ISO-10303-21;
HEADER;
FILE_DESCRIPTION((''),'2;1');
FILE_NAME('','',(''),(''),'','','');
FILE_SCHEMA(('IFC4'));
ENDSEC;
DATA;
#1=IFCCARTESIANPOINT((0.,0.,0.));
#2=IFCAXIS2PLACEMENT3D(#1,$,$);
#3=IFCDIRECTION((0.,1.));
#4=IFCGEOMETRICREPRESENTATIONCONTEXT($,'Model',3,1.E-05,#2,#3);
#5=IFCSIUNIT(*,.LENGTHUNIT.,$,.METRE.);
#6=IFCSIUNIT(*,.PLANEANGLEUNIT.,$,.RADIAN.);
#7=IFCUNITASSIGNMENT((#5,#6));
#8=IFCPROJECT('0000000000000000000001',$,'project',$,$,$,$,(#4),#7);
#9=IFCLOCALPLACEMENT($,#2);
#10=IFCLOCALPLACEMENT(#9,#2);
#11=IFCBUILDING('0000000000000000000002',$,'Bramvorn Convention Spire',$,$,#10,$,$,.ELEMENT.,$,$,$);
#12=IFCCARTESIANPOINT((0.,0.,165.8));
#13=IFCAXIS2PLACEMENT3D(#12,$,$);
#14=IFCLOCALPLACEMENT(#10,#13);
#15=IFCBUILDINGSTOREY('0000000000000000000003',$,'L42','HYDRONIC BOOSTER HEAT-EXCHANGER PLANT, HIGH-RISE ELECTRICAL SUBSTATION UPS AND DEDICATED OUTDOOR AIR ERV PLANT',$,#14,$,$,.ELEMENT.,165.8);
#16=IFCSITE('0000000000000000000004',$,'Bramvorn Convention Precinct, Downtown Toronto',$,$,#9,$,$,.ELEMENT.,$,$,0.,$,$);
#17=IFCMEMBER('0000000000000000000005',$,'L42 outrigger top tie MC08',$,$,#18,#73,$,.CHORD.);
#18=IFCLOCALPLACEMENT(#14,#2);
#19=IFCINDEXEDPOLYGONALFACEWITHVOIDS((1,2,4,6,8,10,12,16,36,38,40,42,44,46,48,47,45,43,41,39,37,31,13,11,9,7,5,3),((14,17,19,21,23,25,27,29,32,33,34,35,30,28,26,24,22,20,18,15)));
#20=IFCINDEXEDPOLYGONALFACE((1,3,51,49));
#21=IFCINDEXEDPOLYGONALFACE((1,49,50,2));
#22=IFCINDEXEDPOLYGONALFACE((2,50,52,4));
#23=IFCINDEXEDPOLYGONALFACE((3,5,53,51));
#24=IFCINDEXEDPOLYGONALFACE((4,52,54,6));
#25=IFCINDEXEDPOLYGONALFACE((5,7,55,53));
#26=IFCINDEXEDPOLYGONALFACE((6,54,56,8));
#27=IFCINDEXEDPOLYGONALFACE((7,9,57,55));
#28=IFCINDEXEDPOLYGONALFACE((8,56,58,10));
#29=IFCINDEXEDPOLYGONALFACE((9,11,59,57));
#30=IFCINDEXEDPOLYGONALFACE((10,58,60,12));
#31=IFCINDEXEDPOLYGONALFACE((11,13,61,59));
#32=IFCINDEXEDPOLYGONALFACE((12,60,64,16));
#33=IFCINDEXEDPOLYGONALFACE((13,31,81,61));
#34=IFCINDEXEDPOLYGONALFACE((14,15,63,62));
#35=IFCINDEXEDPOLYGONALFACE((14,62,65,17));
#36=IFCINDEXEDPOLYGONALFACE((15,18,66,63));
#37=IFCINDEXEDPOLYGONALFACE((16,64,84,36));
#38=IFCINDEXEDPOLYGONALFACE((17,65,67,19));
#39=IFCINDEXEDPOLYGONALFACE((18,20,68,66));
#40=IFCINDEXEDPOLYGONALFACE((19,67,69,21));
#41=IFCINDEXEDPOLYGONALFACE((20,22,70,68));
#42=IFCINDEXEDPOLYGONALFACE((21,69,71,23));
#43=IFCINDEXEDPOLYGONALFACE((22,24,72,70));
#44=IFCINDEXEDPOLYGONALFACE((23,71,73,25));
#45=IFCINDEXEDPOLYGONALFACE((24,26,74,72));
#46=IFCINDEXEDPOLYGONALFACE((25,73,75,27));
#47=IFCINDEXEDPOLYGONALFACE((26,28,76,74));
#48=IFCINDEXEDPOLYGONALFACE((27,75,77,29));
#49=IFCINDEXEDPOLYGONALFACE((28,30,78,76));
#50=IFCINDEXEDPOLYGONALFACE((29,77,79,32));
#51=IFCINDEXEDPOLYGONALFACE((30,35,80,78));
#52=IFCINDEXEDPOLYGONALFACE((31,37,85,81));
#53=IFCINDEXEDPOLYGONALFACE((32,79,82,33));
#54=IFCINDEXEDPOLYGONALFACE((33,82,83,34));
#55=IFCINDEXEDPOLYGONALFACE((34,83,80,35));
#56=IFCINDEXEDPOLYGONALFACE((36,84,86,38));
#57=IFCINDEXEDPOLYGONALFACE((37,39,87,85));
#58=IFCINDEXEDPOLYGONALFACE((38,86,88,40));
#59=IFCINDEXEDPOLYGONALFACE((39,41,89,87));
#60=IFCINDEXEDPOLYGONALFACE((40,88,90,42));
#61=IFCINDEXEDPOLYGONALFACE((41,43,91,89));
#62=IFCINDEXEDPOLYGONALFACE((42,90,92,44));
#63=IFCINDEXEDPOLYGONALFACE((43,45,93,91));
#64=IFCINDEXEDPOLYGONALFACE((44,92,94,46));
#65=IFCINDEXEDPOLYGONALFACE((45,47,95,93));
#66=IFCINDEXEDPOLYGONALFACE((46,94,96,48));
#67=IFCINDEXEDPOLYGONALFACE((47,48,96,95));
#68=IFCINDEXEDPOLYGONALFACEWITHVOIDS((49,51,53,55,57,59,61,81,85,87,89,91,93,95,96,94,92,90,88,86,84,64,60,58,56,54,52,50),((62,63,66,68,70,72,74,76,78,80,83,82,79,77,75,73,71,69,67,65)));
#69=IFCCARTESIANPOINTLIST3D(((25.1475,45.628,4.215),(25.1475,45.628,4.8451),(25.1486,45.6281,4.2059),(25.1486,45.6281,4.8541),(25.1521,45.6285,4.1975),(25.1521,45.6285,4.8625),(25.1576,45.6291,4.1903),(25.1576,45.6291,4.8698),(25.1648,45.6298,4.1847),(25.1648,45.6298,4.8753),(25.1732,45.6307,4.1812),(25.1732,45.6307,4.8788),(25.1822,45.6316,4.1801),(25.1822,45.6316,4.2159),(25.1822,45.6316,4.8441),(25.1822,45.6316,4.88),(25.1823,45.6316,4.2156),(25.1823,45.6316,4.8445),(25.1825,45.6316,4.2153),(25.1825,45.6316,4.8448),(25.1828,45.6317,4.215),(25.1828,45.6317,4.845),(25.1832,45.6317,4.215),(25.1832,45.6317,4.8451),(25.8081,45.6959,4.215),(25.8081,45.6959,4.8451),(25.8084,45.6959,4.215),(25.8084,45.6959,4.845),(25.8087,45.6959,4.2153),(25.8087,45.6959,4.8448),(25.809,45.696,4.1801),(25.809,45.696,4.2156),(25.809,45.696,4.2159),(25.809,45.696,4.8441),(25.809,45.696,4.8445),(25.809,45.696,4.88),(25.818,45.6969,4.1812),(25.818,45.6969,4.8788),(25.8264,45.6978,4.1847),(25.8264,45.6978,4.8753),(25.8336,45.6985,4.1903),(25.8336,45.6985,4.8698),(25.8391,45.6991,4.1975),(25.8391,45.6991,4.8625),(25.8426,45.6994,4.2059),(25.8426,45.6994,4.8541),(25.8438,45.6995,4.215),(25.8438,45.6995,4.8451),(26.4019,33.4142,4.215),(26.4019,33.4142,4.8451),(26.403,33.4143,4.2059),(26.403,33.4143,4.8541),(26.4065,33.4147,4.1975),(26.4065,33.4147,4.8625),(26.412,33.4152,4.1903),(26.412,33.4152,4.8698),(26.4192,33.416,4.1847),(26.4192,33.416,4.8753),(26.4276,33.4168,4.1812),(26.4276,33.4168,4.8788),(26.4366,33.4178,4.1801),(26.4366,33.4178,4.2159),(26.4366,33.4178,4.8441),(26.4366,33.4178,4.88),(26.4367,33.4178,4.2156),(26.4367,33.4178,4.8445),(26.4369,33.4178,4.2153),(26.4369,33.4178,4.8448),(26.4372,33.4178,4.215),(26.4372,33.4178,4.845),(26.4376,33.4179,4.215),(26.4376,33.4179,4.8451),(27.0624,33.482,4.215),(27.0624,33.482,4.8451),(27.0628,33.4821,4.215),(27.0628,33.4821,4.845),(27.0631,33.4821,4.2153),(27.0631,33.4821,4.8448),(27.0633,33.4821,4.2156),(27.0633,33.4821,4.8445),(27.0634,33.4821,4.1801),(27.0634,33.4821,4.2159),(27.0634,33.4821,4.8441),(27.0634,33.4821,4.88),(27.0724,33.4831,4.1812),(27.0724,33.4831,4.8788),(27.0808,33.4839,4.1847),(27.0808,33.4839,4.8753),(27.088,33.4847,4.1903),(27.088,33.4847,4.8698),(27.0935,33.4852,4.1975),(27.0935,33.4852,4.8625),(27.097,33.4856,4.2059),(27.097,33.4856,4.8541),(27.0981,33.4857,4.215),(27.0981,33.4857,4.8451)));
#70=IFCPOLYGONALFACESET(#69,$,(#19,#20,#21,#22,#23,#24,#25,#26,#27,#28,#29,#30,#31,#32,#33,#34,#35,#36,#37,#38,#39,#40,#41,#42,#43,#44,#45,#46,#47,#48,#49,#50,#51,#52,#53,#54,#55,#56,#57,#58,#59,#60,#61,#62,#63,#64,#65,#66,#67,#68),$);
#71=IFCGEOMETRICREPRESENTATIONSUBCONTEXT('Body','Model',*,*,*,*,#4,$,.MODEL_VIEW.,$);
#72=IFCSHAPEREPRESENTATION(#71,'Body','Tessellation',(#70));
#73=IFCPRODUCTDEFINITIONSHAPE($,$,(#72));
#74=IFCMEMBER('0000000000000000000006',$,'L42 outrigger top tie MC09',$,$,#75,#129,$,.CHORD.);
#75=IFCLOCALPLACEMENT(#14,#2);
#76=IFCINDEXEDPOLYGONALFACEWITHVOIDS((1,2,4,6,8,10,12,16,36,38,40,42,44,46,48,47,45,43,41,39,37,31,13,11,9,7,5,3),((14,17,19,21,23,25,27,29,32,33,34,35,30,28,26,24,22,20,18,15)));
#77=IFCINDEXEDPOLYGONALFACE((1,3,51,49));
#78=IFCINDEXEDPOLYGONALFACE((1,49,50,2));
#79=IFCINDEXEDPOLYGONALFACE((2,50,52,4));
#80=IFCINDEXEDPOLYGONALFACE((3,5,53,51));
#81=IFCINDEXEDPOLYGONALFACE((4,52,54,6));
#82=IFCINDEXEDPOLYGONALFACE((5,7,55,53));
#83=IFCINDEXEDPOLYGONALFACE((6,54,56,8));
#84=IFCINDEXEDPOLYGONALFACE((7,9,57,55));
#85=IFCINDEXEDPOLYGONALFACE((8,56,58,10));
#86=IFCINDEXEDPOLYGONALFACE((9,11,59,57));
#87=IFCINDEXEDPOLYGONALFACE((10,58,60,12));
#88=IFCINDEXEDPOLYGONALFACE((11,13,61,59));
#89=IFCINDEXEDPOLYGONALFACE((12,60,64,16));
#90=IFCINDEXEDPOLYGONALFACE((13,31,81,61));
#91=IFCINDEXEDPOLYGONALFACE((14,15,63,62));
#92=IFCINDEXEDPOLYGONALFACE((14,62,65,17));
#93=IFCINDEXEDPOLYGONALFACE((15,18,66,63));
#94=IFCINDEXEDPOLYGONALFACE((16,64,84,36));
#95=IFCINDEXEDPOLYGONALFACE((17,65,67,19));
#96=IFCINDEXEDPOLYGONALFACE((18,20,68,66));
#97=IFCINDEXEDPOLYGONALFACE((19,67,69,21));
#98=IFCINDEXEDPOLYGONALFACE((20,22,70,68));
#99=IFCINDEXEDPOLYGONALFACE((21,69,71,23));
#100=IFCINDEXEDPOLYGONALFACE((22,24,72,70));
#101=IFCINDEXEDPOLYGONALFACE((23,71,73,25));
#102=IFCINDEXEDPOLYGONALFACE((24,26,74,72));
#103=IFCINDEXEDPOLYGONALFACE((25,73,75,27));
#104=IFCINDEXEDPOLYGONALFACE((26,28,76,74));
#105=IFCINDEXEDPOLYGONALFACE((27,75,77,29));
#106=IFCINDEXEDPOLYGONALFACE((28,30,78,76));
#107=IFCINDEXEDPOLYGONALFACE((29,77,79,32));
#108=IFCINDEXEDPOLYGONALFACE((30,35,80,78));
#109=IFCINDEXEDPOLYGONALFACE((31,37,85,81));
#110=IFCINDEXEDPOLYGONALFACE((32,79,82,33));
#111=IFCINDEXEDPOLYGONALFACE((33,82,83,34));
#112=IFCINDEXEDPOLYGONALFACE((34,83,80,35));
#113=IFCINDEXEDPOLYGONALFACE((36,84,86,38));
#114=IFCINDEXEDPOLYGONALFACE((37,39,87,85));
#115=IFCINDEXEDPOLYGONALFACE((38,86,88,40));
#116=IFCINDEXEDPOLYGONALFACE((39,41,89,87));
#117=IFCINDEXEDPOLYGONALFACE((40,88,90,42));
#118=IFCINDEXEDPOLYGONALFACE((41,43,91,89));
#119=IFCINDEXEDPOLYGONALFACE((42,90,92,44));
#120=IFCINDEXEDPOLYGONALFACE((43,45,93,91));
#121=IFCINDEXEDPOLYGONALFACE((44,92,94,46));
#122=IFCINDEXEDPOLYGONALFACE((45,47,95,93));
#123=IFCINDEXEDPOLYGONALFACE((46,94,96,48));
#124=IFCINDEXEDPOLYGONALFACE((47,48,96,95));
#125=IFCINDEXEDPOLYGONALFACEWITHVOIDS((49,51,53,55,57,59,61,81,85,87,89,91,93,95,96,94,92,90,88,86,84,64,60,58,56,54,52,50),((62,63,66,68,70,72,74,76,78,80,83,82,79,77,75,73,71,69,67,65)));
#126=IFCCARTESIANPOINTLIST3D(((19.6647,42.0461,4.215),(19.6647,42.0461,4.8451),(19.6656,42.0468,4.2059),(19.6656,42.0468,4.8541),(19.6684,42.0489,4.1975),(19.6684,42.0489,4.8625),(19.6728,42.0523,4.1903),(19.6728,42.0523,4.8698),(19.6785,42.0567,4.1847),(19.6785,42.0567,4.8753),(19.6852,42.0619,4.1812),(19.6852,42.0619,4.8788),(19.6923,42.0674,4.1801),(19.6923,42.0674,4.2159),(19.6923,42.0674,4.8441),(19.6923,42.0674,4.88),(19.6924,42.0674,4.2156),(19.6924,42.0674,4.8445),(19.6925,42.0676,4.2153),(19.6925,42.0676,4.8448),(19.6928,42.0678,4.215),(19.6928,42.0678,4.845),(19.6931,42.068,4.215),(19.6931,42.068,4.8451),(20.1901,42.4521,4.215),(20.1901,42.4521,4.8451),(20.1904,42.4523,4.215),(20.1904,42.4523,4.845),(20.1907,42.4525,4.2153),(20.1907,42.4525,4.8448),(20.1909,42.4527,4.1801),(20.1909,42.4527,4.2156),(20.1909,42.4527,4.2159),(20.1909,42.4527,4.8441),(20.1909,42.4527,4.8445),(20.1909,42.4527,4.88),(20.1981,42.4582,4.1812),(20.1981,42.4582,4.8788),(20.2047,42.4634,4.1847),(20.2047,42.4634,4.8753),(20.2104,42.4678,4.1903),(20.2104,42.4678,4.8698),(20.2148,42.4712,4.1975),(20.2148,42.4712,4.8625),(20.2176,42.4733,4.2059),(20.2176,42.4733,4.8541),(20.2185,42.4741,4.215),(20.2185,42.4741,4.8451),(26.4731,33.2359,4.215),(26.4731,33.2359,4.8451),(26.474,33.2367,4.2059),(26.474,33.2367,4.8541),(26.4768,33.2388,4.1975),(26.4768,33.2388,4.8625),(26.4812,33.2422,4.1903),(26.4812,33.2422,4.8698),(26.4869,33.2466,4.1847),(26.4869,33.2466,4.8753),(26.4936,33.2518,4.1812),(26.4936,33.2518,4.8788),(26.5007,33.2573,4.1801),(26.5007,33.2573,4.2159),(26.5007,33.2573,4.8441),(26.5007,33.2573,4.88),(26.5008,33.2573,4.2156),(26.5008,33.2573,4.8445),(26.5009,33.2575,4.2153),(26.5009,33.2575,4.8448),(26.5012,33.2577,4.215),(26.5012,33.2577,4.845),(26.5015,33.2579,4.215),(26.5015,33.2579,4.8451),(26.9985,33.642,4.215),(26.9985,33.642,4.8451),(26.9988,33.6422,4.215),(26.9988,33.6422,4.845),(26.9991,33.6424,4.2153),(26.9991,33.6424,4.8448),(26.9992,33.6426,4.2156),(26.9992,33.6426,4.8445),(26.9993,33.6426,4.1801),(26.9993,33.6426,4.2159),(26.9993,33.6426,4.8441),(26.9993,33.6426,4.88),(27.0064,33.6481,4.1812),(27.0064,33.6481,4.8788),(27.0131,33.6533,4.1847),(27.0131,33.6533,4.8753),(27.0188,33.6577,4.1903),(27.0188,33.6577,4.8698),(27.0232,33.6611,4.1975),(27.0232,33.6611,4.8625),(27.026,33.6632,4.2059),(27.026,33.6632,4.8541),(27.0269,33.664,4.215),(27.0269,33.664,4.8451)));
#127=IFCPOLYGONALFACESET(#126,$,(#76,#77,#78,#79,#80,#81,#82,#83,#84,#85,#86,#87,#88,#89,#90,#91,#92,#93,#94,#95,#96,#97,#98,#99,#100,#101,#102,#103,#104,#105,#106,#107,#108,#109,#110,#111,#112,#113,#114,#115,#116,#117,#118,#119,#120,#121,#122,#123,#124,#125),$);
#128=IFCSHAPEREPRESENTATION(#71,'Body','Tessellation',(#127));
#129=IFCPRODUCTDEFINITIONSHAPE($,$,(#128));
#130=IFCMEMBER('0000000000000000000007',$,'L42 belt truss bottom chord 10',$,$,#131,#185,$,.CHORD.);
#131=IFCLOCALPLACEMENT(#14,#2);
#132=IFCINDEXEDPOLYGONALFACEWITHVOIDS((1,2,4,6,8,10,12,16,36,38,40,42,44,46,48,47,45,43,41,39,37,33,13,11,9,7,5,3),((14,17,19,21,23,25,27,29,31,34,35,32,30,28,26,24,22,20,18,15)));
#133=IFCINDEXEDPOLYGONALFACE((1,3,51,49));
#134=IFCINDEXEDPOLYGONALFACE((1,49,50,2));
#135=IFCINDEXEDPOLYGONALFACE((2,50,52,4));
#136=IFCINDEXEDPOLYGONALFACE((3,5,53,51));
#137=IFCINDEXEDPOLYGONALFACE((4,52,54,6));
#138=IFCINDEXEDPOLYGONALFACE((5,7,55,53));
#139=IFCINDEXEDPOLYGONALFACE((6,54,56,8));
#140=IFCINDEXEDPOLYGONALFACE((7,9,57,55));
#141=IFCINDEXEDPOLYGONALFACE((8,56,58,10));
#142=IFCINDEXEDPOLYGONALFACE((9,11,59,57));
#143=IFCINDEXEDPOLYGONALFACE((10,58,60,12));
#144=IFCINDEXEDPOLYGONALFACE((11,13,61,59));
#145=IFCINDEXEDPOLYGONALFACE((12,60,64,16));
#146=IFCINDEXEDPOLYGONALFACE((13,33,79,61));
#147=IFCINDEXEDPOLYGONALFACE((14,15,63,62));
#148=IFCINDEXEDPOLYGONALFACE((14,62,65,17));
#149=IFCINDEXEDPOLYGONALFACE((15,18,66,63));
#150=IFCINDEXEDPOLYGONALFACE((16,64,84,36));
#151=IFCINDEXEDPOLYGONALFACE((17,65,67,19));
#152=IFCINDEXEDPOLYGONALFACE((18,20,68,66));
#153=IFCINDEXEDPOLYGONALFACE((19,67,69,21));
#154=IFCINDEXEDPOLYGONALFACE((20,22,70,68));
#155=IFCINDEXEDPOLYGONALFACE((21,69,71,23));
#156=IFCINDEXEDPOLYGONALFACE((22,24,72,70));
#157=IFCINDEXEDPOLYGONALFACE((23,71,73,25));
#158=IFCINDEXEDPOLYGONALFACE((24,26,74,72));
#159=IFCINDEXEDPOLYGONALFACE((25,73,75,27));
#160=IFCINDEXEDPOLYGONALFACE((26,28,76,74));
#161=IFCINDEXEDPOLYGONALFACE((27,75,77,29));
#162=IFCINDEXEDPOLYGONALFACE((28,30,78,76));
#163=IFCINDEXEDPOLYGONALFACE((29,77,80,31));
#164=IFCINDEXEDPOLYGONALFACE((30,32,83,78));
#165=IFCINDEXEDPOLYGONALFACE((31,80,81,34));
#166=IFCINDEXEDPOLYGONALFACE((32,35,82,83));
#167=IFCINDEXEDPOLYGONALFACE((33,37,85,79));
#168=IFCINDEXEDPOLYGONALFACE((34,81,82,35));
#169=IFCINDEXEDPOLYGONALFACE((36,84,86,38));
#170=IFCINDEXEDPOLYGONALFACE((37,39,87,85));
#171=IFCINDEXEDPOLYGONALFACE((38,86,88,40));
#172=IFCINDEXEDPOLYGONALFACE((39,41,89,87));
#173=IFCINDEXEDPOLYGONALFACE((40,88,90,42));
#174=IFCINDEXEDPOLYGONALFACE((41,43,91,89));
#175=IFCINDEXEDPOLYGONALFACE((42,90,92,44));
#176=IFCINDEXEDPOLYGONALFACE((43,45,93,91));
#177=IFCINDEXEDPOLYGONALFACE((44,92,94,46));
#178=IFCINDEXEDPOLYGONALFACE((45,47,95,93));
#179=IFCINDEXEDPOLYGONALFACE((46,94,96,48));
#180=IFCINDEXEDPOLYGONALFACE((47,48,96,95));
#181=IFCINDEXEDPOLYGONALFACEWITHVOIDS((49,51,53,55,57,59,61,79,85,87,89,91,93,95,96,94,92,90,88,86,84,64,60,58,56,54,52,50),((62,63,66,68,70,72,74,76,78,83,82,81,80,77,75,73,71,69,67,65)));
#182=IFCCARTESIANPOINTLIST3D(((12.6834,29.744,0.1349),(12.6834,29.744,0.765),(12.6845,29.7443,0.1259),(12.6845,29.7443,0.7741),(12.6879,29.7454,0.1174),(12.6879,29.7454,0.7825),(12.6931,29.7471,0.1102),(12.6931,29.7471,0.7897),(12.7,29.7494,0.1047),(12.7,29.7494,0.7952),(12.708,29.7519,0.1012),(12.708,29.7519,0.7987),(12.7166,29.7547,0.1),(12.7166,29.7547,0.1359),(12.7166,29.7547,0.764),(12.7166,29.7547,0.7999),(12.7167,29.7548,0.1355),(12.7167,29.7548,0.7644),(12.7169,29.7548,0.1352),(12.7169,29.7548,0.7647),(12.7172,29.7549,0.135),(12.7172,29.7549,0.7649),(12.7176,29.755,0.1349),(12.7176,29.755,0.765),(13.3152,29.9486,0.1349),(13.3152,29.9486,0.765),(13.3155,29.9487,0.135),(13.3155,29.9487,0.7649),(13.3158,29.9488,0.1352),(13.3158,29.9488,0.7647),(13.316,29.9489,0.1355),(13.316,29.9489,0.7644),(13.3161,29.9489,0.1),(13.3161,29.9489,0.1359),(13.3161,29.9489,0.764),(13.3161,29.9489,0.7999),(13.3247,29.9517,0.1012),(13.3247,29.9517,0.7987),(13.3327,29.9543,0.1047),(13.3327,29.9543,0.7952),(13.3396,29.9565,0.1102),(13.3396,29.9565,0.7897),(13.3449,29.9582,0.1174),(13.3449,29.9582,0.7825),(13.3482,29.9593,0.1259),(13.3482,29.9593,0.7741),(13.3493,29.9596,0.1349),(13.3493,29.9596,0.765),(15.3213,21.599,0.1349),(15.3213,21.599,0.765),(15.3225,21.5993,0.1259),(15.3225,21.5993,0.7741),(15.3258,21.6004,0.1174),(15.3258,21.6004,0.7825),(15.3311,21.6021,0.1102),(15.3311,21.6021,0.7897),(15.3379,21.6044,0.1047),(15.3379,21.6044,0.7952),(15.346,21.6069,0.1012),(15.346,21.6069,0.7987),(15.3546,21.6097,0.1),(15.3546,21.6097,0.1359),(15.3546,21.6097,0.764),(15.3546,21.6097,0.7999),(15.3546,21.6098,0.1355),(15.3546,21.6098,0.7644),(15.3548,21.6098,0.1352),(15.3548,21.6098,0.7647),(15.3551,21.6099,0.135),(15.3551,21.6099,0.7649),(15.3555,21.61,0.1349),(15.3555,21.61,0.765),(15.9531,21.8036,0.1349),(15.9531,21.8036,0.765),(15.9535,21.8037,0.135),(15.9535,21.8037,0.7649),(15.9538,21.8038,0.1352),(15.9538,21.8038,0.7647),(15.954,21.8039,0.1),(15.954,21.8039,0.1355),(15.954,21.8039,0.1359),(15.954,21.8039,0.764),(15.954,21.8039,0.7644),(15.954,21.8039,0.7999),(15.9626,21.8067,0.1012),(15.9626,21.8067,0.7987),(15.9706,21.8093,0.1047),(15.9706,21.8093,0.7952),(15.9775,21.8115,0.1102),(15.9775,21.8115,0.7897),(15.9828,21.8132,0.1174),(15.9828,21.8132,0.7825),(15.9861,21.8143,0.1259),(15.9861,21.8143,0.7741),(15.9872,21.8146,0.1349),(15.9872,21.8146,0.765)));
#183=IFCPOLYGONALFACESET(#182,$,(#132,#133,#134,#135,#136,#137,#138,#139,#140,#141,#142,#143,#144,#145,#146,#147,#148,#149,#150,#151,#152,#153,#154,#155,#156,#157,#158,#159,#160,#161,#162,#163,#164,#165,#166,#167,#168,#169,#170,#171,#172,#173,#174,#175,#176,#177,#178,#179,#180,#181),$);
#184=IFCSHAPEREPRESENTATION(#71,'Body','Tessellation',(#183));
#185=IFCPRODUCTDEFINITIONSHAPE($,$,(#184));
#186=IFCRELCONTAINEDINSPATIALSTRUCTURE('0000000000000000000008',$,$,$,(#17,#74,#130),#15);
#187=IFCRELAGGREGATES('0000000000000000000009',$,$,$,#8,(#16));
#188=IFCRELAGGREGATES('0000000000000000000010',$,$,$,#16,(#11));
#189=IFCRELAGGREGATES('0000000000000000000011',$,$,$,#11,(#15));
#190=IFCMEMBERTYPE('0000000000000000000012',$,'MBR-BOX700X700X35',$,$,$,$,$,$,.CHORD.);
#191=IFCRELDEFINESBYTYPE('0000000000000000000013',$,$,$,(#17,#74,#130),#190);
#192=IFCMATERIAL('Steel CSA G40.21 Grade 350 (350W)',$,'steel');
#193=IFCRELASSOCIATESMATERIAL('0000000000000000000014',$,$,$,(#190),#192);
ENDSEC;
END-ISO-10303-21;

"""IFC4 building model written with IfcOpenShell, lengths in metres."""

from ifc_helpers import new_model, si_unit, direction, frame, origin, origin_2d, place, context, subcontext, project, spatial, hollow_rectangle, extrude, material, material_profile, profile_set, type_object, element, save


model = new_model("IFC4")

# Units and contexts
model_context = context("Model", 3, precision=1e-05, world=origin(), true_north=direction((0.0, 1.0)))
body_context = subcontext(model_context, "Body", "Model", "MODEL_VIEW")
ifc_project = project(units=[si_unit("LENGTHUNIT", "METRE"), si_unit("PLANEANGLEUNIT", "RADIAN")], contexts=[model_context])

# Site, building, storey
site_placement = place(None, origin())
site = spatial("IfcSite", under=ifc_project, at=site_placement, Name="Bramvorn Convention Precinct, Downtown Toronto", CompositionType="ELEMENT", RefElevation=0.0)
building_placement = place(site_placement, origin())
building = spatial("IfcBuilding", under=site, at=building_placement, Name="Bramvorn Convention Spire", CompositionType="ELEMENT")
storey_placement = place(building_placement, frame((0.0, 0.0, 165.8)))
storey = spatial("IfcBuildingStorey", under=building, at=storey_placement, Name="L42", Description="HYDRONIC BOOSTER HEAT-EXCHANGER PLANT, HIGH-RISE ELECTRICAL SUBSTATION UPS AND DEDICATED OUTDOOR AIR ERV PLANT", CompositionType="ELEMENT", Elevation=165.8)

# Shared definitions
ifc_material_1 = material(Name="Steel CSA G40.21 Grade 350 (350W)", Category="steel")

# Members
ifc_material_profile_1 = material_profile(ifc_material_1, hollow_rectangle(XDim=0.7, YDim=0.7, WallThickness=0.0349, InnerFilletRadius=0.001, OuterFilletRadius=0.0349, at=origin_2d()))
ifc_profile_set_1 = profile_set([ifc_material_profile_1], Name="Steel CSA G40.21 Grade 350 (350W) - BOX700X700X35")
member_type_1 = type_object("IfcMemberType", Name="MBR-BOX700X700X35", PredefinedType="CHORD", material=ifc_profile_set_1)
member_1_placement = place(storey_placement, frame((26.75, 33.45, 4.53), z_axis=(-0.102165, 0.994767, 0.0), x_axis=(-0.994767, -0.102165, 0.0)))
element("IfcMember", 1, at=member_1_placement, inside=storey, type_object=member_type_1, Name="L42 outrigger top tie MC08", PredefinedType="CHORD", context=body_context, shape_type="SweptSolid", body=[
    extrude(hollow_rectangle(XDim=0.7, YDim=0.7, WallThickness=0.0349, InnerFilletRadius=0.001, OuterFilletRadius=0.0349, at=origin_2d()), origin(), (0.0, 0.0, 1.0), 12.2781),
])
member_2_placement = place(storey_placement, frame((26.75, 33.45, 4.53), z_axis=(-0.61148, 0.79126, 0.0), x_axis=(-0.79126, -0.61148, 0.0)))
element("IfcMember", 2, at=member_2_placement, inside=storey, type_object=member_type_1, Name="L42 outrigger top tie MC09", PredefinedType="CHORD", context=body_context, shape_type="SweptSolid", body=[
    extrude(hollow_rectangle(XDim=0.7, YDim=0.7, WallThickness=0.0349, InnerFilletRadius=0.001, OuterFilletRadius=0.0349, at=origin_2d()), origin(), (0.0, 0.0, 1.0), 11.1343),
])
member_3_placement = place(storey_placement, frame((13.0164, 29.8518, 0.45), z_axis=(0.308115, -0.951349, 0.0), x_axis=(0.951349, 0.308115, 0.0)))
element("IfcMember", 3, at=member_3_placement, inside=storey, type_object=member_type_1, Name="L42 belt truss bottom chord 10", PredefinedType="CHORD", context=body_context, shape_type="SweptSolid", body=[
    extrude(hollow_rectangle(XDim=0.7, YDim=0.7, WallThickness=0.0349, InnerFilletRadius=0.001, OuterFilletRadius=0.0349, at=origin_2d()), origin(), (0.0, 0.0, 1.0), 8.5615),
])

save(model, "model.ifc")
